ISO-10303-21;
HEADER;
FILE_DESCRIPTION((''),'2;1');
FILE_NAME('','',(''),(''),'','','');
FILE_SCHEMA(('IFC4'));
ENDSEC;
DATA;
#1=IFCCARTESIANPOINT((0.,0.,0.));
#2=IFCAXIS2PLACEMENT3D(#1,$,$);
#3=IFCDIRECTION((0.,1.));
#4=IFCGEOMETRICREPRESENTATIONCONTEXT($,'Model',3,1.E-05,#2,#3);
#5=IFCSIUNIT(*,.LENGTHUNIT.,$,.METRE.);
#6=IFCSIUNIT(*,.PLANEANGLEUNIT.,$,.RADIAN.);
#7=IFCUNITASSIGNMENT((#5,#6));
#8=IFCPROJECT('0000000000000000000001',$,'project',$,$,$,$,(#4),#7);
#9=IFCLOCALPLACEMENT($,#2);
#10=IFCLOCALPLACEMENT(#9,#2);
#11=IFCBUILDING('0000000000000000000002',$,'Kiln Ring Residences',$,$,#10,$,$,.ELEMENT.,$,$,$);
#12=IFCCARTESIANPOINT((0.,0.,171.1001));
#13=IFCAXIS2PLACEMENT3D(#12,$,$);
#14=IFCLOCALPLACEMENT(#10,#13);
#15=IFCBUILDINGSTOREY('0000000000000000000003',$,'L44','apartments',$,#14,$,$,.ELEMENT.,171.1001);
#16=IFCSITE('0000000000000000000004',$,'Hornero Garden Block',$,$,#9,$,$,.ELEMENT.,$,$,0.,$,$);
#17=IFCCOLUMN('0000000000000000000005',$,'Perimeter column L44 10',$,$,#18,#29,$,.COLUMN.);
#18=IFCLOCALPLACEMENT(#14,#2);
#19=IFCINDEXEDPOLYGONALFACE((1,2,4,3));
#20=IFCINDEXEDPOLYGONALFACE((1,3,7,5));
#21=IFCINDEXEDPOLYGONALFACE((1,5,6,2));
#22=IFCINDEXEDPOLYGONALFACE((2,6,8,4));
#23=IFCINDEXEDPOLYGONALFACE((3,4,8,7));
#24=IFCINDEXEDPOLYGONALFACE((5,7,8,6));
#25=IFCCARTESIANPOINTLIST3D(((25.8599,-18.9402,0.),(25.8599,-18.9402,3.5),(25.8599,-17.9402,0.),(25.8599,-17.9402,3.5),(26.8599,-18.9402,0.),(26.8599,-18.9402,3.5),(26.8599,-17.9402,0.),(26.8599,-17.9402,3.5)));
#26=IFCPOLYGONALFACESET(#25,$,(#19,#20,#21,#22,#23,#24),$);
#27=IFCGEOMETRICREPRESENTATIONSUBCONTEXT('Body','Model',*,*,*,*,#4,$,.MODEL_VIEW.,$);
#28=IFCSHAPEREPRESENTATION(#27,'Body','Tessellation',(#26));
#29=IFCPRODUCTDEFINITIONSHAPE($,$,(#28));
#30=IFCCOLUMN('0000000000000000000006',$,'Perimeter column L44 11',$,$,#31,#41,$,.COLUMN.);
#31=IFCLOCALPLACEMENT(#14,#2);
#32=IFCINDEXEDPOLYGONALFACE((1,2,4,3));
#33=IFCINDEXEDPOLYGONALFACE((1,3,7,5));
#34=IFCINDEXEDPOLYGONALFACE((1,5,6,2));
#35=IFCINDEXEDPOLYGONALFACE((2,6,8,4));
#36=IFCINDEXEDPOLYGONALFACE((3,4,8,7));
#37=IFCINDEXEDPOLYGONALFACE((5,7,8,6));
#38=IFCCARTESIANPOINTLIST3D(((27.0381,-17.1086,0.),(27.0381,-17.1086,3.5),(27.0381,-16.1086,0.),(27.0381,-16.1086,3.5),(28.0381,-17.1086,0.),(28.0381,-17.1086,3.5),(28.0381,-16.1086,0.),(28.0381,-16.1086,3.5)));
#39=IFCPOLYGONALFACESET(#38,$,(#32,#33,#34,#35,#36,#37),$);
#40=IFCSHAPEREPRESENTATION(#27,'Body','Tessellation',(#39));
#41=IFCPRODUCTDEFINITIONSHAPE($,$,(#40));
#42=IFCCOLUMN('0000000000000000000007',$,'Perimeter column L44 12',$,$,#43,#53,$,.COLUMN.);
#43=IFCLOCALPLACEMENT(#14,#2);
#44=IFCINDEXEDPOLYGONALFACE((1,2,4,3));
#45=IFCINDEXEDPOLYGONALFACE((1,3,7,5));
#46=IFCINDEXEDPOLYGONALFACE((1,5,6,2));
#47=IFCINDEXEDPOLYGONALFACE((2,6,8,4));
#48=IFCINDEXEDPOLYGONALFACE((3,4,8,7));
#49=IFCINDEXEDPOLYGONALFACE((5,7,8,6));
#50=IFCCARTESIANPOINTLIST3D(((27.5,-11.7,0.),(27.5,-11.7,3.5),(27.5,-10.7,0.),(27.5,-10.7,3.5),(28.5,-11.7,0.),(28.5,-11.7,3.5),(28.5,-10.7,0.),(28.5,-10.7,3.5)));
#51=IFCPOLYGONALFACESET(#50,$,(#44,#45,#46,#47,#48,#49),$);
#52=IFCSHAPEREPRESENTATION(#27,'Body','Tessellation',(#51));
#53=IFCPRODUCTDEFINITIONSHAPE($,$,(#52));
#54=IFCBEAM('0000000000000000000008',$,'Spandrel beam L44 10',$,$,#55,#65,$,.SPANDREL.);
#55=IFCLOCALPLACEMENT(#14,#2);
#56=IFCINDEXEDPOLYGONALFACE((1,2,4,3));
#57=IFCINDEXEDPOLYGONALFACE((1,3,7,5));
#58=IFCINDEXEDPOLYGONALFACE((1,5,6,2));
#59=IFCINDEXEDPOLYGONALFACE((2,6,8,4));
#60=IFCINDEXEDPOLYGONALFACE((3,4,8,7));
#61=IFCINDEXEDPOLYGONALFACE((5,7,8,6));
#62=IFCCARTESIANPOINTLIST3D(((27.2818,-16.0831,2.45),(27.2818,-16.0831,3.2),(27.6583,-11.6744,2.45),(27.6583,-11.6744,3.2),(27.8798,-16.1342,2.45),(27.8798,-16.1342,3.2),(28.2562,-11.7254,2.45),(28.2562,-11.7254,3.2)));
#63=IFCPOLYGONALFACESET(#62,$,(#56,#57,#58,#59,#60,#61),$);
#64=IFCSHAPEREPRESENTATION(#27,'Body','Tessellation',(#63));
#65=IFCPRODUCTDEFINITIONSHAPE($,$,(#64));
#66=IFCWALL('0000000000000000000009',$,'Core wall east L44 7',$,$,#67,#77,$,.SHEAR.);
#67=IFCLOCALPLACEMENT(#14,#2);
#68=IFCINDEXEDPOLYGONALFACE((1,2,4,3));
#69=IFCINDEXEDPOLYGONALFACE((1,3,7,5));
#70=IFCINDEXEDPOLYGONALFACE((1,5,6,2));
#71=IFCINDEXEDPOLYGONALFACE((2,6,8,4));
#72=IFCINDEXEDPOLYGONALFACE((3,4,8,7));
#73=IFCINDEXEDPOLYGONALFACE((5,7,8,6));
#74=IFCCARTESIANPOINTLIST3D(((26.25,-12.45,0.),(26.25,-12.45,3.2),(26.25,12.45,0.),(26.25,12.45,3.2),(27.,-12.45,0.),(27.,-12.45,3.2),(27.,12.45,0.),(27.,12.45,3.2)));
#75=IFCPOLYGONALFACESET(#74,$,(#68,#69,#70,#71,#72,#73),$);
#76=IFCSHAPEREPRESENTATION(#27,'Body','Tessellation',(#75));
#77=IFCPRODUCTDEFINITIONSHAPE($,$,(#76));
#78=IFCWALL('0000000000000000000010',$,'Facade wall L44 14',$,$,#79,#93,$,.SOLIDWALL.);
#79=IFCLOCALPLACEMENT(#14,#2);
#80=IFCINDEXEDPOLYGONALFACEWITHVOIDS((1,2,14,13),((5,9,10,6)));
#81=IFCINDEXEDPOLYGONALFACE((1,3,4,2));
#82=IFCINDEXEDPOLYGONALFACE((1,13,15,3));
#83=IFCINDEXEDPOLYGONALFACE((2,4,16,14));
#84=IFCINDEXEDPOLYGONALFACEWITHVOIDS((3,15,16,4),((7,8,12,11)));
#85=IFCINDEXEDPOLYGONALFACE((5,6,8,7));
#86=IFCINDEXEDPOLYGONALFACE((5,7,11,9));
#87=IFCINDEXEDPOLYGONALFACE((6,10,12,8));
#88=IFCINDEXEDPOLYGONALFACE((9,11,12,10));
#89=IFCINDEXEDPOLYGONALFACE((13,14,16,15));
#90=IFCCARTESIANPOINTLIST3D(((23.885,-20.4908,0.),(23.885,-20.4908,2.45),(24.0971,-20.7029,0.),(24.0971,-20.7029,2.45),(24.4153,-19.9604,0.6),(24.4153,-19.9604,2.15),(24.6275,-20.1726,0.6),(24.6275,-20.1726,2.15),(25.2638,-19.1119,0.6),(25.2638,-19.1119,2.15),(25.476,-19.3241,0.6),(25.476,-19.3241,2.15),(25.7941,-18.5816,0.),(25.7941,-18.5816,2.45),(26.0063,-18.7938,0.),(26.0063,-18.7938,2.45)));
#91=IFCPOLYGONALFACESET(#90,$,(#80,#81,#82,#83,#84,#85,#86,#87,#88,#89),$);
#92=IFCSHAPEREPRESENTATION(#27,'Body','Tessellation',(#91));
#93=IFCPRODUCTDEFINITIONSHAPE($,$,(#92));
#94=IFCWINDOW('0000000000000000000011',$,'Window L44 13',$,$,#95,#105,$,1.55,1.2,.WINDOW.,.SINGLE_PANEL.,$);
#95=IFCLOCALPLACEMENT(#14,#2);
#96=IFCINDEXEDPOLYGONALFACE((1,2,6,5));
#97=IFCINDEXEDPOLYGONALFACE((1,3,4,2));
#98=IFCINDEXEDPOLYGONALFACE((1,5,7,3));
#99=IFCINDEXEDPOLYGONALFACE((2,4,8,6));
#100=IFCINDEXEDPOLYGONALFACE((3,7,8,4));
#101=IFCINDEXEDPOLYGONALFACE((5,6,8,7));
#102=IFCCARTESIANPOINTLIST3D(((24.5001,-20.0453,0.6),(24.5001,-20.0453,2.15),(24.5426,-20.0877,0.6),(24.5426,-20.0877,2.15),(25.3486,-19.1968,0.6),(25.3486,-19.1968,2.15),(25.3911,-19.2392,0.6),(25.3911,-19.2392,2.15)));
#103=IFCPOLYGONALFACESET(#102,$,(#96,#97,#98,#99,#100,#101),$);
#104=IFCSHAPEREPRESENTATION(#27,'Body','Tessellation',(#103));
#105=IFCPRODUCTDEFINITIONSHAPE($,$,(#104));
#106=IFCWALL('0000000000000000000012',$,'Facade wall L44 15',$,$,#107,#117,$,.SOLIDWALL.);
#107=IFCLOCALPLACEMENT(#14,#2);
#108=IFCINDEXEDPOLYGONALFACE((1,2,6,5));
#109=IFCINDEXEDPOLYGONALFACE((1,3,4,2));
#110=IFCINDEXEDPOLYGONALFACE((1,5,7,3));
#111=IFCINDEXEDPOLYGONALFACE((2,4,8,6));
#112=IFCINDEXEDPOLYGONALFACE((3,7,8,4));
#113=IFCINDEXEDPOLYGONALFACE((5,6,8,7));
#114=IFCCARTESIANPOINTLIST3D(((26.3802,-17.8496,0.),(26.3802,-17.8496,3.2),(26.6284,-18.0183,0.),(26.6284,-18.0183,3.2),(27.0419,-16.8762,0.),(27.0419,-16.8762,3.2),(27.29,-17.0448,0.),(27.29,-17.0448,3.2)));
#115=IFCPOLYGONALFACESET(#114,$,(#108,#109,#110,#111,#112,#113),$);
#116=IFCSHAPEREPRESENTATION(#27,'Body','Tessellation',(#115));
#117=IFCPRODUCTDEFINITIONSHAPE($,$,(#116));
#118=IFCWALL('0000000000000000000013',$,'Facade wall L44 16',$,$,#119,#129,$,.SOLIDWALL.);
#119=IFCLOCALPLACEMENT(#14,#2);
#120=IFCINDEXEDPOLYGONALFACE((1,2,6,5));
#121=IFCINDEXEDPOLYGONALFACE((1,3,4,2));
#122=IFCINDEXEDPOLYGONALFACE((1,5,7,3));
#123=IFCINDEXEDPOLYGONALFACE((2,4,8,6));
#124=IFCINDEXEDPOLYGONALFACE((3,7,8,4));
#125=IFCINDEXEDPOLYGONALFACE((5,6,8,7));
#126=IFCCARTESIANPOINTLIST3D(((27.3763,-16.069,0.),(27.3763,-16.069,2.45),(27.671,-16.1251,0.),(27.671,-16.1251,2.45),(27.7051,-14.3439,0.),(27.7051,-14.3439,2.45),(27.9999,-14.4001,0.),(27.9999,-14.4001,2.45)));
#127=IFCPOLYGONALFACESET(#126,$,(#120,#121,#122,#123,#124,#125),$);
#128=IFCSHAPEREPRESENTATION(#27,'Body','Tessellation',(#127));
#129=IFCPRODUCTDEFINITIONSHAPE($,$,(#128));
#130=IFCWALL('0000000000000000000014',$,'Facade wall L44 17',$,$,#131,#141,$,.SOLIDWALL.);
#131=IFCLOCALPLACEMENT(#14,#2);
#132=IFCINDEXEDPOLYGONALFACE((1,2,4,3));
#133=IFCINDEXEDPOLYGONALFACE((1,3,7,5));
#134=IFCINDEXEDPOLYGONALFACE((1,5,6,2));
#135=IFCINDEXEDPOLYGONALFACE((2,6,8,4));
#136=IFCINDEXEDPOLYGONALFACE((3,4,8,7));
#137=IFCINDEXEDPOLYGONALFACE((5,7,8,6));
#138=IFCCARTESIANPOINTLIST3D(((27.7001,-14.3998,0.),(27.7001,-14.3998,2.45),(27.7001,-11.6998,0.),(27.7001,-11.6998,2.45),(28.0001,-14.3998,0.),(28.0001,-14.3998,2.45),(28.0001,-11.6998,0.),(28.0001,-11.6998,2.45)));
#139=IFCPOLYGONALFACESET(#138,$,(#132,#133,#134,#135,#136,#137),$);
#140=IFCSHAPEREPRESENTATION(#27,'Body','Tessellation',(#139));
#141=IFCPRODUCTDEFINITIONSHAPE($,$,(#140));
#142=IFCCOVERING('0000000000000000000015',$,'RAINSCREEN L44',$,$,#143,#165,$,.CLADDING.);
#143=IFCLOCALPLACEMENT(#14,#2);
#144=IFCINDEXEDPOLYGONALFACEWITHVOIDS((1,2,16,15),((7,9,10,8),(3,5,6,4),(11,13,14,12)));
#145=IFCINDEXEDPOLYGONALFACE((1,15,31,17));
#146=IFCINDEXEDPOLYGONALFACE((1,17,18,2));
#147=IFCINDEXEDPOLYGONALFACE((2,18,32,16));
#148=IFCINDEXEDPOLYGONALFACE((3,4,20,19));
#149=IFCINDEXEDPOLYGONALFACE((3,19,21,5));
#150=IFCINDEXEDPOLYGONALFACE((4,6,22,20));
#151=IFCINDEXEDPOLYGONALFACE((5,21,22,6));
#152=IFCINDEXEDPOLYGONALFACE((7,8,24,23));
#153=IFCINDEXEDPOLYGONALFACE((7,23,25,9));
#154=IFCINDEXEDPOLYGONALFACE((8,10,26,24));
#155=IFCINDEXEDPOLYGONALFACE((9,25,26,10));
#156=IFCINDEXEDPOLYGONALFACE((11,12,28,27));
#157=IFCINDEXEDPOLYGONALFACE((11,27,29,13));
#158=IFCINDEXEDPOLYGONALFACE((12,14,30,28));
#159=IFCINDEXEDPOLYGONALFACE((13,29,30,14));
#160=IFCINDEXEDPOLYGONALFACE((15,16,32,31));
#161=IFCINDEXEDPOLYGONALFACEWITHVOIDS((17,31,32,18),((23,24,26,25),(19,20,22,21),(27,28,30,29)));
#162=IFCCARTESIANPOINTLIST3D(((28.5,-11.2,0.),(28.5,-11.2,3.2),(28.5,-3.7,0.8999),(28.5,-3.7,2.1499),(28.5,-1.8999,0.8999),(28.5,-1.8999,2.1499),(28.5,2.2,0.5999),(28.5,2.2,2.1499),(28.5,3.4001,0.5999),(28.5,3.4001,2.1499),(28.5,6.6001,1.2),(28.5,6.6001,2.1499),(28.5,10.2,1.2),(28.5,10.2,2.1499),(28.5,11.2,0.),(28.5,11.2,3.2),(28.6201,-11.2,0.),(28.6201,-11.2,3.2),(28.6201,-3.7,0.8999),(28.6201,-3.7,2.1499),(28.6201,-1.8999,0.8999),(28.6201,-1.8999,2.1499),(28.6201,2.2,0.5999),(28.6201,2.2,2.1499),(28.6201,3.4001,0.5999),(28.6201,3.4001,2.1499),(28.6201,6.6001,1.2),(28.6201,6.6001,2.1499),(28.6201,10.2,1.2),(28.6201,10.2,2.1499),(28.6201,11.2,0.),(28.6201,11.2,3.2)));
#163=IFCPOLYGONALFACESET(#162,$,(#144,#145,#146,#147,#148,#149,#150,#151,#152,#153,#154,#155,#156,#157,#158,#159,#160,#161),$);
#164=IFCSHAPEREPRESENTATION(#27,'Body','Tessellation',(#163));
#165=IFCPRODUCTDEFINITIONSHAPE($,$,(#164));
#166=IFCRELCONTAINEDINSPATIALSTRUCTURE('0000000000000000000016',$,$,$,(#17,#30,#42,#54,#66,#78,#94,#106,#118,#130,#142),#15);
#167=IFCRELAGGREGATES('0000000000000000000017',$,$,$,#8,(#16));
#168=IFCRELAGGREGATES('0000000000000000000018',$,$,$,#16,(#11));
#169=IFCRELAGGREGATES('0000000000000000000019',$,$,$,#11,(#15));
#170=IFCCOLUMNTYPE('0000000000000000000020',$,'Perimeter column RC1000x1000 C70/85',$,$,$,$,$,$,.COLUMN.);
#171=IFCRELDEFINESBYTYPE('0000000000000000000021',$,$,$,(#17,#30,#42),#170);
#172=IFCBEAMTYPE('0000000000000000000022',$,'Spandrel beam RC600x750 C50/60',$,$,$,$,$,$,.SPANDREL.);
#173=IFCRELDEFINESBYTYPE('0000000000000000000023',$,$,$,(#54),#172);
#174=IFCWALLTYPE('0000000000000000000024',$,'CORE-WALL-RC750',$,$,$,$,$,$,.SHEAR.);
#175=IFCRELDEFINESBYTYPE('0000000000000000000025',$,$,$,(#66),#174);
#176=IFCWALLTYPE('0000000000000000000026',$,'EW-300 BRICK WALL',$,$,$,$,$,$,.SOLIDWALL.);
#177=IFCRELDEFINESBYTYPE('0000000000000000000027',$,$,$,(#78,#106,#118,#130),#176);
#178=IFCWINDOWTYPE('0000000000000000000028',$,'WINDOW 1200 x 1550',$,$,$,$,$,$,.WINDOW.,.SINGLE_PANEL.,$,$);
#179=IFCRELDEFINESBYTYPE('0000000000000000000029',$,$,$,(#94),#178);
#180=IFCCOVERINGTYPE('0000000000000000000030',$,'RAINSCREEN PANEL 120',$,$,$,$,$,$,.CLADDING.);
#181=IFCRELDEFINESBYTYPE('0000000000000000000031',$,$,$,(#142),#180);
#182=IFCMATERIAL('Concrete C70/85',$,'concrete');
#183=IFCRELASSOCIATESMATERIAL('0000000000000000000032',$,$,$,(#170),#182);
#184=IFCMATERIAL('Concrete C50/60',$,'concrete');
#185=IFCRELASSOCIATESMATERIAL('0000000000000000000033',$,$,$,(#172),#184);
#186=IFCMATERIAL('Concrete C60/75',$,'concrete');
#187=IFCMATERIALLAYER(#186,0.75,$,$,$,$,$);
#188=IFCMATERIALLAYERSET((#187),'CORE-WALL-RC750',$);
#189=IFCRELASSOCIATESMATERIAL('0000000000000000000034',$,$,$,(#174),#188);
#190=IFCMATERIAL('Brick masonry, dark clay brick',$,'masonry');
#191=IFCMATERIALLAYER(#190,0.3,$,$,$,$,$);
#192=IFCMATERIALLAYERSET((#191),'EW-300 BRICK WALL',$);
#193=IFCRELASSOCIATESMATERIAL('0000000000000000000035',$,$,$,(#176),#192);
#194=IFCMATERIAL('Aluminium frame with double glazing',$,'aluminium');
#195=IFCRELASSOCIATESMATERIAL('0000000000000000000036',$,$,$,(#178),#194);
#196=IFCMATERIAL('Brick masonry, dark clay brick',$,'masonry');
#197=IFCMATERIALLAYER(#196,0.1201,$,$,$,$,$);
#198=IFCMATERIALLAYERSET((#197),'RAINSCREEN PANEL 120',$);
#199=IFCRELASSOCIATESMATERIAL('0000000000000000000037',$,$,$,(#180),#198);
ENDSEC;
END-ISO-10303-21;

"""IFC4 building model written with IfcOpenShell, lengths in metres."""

from ifc_helpers import new_model, si_unit, direction, frame, frame_2d, origin, origin_2d, place, context, subcontext, project, spatial, polyline, rectangle, outline, extrude, material, layer, layer_set, material_profile, profile_set, type_object, element, fill, save


model = new_model("IFC4")

# Units and contexts
model_context = context("Model", 3, precision=1e-05, world=origin(), true_north=direction((0.0, 1.0)))
body_context = subcontext(model_context, "Body", "Model", "MODEL_VIEW")
ifc_project = project(units=[si_unit("LENGTHUNIT", "METRE"), si_unit("PLANEANGLEUNIT", "RADIAN")], contexts=[model_context])

# Site, building, storey
site_placement = place(None, origin())
site = spatial("IfcSite", under=ifc_project, at=site_placement, Name="Hornero Garden Block", CompositionType="ELEMENT", RefElevation=0.0)
building_placement = place(site_placement, origin())
building = spatial("IfcBuilding", under=site, at=building_placement, Name="Kiln Ring Residences", CompositionType="ELEMENT")
storey_placement = place(building_placement, frame((0.0, 0.0, 171.1001)))
storey = spatial("IfcBuildingStorey", under=building, at=storey_placement, Name="L44", Description="apartments", CompositionType="ELEMENT", Elevation=171.1001)

# Columns
ifc_material_1 = material(Name="Concrete C70/85", Category="concrete")
ifc_material_profile_1 = material_profile(ifc_material_1, rectangle(XDim=1.0, YDim=1.0, at=origin_2d()), Name="RC1000x1000")
ifc_profile_set_1 = profile_set([ifc_material_profile_1], Name="Concrete C70/85")
column_type = type_object("IfcColumnType", Name="Perimeter column RC1000x1000 C70/85", PredefinedType="COLUMN", material=ifc_profile_set_1)
for number, where, z_axis, x_axis, name in (
    (1, (26.3599, -18.4402, 0.0), (0.0, 0.0, 1.0), (1.0, 0.0, 0.0), "Perimeter column L44 10"),
    (2, (27.5381, -16.6086, 0.0), (0.0, 0.0, 1.0), (1.0, 0.0, 0.0), "Perimeter column L44 11"),
    (3, (28.0, -11.2, 0.0), (0.0, 0.0, 1.0), (1.0, 0.0, 0.0), "Perimeter column L44 12"),
):
    element("IfcColumn", number, at=place(storey_placement, frame(where, z_axis=z_axis, x_axis=x_axis)), inside=storey, type_object=column_type, Name=name, PredefinedType="COLUMN", context=body_context, shape_type="SweptSolid", body=[
        extrude(rectangle(XDim=1.0, YDim=1.0, at=origin_2d()), origin(), (0.0, 0.0, 1.0), 3.5),
    ])

# Beam
ifc_material_2 = material(Name="Concrete C50/60", Category="concrete")
ifc_material_profile_2 = material_profile(ifc_material_2, rectangle(XDim=0.6001, YDim=0.75, at=origin_2d()), Name="RC600x750")
ifc_profile_set_2 = profile_set([ifc_material_profile_2], Name="Concrete C50/60")
beam_type = type_object("IfcBeamType", Name="Spandrel beam RC600x750 C50/60", PredefinedType="SPANDREL", material=ifc_profile_set_2)
beam_placement = place(storey_placement, frame((27.5808, -16.1086, 2.825), z_axis=(0.085082, 0.996374, 0.0), x_axis=(-0.996374, 0.085082, 0.0)))
element("IfcBeam", 4, at=beam_placement, inside=storey, type_object=beam_type, Name="Spandrel beam L44 10", PredefinedType="SPANDREL", context=body_context, shape_type="SweptSolid", body=[
    extrude(rectangle(XDim=0.6001, YDim=0.75, at=origin_2d()), origin(), (0.0, 0.0, 1.0), 4.4248),
])

# Wall
ifc_material_3 = material(Name="Concrete C60/75", Category="concrete")
ifc_layer_1 = layer(ifc_material_3, 0.75)
ifc_layer_set_1 = layer_set([ifc_layer_1], Name="CORE-WALL-RC750")
wall_type_1 = type_object("IfcWallType", Name="CORE-WALL-RC750", PredefinedType="SHEAR", material=ifc_layer_set_1)
wall_1_placement = place(storey_placement, frame((26.625, -12.45, 0.0), z_axis=(0.0, 0.0, 1.0), x_axis=(0.0, 1.0, 0.0)))
element("IfcWall", 5, at=wall_1_placement, inside=storey, type_object=wall_type_1, Name="Core wall east L44 7", PredefinedType="SHEAR", context=body_context, shape_type="SweptSolid", body=[
    extrude(rectangle(XDim=24.8999, YDim=0.75, at=frame_2d((12.45, 0.0))), origin(), (0.0, 0.0, 1.0), 3.2),
])

# Wall, opening, window
ifc_material_4 = material(Name="Brick masonry, dark clay brick", Category="masonry")
ifc_layer_2 = layer(ifc_material_4, 0.3)
ifc_layer_set_2 = layer_set([ifc_layer_2], Name="EW-300 BRICK WALL")
wall_type_2 = type_object("IfcWallType", Name="EW-300 BRICK WALL", PredefinedType="SOLIDWALL", material=ifc_layer_set_2)
wall_2_placement = place(storey_placement, frame((23.991, -20.5969, 0.0), z_axis=(0.0, 0.0, 1.0), x_axis=(0.707107, 0.707107, 0.0)))
wall_2 = element("IfcWall", 6, at=wall_2_placement, inside=storey, type_object=wall_type_2, Name="Facade wall L44 14", PredefinedType="SOLIDWALL", context=body_context, shape_type="SweptSolid", body=[
    extrude(rectangle(XDim=2.7, YDim=0.3, at=frame_2d((1.3501, 0.0))), origin(), (0.0, 0.0, 1.0), 2.45),
])
opening_placement = place(wall_2_placement, frame((0.75, 0.0, 0.6001)))
opening = element("IfcOpeningElement", 7, at=opening_placement, cuts=wall_2, PredefinedType="OPENING", context=body_context, shape_type="SweptSolid", body=[
    extrude(rectangle(XDim=1.2, YDim=1.55, at=frame_2d((0.6001, 0.7749))), frame((0.0, 0.1599, 0.0), z_axis=(0.0, -1.0, 0.0), x_axis=(1.0, 0.0, 0.0)), (0.0, 0.0, 1.0), 0.3201),
])
ifc_material_5 = material(Name="Aluminium frame with double glazing", Category="aluminium")
window_type = type_object("IfcWindowType", Name="WINDOW 1200 x 1550", PartitioningType="SINGLE_PANEL", PredefinedType="WINDOW", material=ifc_material_5)
window_placement = place(opening_placement, origin())
window = element("IfcWindow", 8, at=window_placement, inside=storey, type_object=window_type, Name="Window L44 13", OverallHeight=1.55, OverallWidth=1.2, PartitioningType="SINGLE_PANEL", PredefinedType="WINDOW", context=body_context, shape_type="SweptSolid", body=[
    extrude(rectangle(XDim=1.2, YDim=1.55, at=frame_2d((0.6001, 0.7749))), frame((0.0, 0.03, 0.0), z_axis=(0.0, -1.0, 0.0), x_axis=(1.0, 0.0, 0.0)), (0.0, 0.0, 1.0), 0.0601),
])
fill(opening, window)

# Walls
wall_3_placement = place(storey_placement, frame((26.5044, -17.9338, 0.0), z_axis=(0.0, 0.0, 1.0), x_axis=(0.562145, 0.827038, 0.0)))
element("IfcWall", 9, at=wall_3_placement, inside=storey, type_object=wall_type_2, Name="Facade wall L44 15", PredefinedType="SOLIDWALL", context=body_context, shape_type="SweptSolid", body=[
    extrude(rectangle(XDim=1.177, YDim=0.3, at=frame_2d((0.5884, 0.0))), origin(), (0.0, 0.0, 1.0), 3.2),
])
wall_4_placement = place(storey_placement, frame((27.5237, -16.0969, 0.0), z_axis=(0.0, 0.0, 1.0), x_axis=(0.187259, 0.982311, 0.0)))
element("IfcWall", 10, at=wall_4_placement, inside=storey, type_object=wall_type_2, Name="Facade wall L44 16", PredefinedType="SOLIDWALL", context=body_context, shape_type="SweptSolid", body=[
    extrude(rectangle(XDim=1.7561, YDim=0.3, at=frame_2d((0.8779, 0.0))), origin(), (0.0, 0.0, 1.0), 2.45),
])
wall_5_placement = place(storey_placement, frame((27.8501, -14.3999, 0.0), z_axis=(0.0, 0.0, 1.0), x_axis=(0.0, 1.0, 0.0)))
element("IfcWall", 11, at=wall_5_placement, inside=storey, type_object=wall_type_2, Name="Facade wall L44 17", PredefinedType="SOLIDWALL", context=body_context, shape_type="SweptSolid", body=[
    extrude(rectangle(XDim=2.7, YDim=0.3, at=frame_2d((1.3501, 0.0))), origin(), (0.0, 0.0, 1.0), 2.45),
])

# Covering
ifc_material_6 = material(Name="Brick masonry, dark clay brick", Category="masonry")
ifc_layer_3 = layer(ifc_material_6, 0.1201)
ifc_layer_set_3 = layer_set([ifc_layer_3], Name="RAINSCREEN PANEL 120")
covering_type = type_object("IfcCoveringType", Name="RAINSCREEN PANEL 120", PredefinedType="CLADDING", material=ifc_layer_set_3)
covering_placement = place(storey_placement, frame((28.5601, -11.2, 0.0), z_axis=(0.0, 0.0, 1.0), x_axis=(0.0, 1.0, 0.0)))
element("IfcCovering", 12, at=covering_placement, inside=storey, type_object=covering_type, Name="RAINSCREEN L44", PredefinedType="CLADDING", context=body_context, shape_type="SweptSolid", body=[
    extrude(outline(polyline([(0.0, 0.0), (22.3999, 0.0), (22.3999, 3.2), (0.0, 3.2), (0.0, 0.0)]), holes=[polyline([(14.6001, 2.1499), (13.3999, 2.1499), (13.3999, 0.5999), (14.6001, 0.5999), (14.6001, 2.1499)]), polyline([(9.3, 0.8999), (9.3, 2.1499), (7.5, 2.1499), (7.5, 0.8999), (9.3, 0.8999)]), polyline([(21.3999, 1.2), (21.3999, 2.1499), (17.8, 2.1499), (17.8, 1.2), (21.3999, 1.2)])]), frame((0.0, 0.0601, 0.0), z_axis=(0.0, -1.0, 0.0), x_axis=(1.0, 0.0, 0.0)), (0.0, 0.0, 1.0), 0.1201),
])

save(model, "model.ifc")
